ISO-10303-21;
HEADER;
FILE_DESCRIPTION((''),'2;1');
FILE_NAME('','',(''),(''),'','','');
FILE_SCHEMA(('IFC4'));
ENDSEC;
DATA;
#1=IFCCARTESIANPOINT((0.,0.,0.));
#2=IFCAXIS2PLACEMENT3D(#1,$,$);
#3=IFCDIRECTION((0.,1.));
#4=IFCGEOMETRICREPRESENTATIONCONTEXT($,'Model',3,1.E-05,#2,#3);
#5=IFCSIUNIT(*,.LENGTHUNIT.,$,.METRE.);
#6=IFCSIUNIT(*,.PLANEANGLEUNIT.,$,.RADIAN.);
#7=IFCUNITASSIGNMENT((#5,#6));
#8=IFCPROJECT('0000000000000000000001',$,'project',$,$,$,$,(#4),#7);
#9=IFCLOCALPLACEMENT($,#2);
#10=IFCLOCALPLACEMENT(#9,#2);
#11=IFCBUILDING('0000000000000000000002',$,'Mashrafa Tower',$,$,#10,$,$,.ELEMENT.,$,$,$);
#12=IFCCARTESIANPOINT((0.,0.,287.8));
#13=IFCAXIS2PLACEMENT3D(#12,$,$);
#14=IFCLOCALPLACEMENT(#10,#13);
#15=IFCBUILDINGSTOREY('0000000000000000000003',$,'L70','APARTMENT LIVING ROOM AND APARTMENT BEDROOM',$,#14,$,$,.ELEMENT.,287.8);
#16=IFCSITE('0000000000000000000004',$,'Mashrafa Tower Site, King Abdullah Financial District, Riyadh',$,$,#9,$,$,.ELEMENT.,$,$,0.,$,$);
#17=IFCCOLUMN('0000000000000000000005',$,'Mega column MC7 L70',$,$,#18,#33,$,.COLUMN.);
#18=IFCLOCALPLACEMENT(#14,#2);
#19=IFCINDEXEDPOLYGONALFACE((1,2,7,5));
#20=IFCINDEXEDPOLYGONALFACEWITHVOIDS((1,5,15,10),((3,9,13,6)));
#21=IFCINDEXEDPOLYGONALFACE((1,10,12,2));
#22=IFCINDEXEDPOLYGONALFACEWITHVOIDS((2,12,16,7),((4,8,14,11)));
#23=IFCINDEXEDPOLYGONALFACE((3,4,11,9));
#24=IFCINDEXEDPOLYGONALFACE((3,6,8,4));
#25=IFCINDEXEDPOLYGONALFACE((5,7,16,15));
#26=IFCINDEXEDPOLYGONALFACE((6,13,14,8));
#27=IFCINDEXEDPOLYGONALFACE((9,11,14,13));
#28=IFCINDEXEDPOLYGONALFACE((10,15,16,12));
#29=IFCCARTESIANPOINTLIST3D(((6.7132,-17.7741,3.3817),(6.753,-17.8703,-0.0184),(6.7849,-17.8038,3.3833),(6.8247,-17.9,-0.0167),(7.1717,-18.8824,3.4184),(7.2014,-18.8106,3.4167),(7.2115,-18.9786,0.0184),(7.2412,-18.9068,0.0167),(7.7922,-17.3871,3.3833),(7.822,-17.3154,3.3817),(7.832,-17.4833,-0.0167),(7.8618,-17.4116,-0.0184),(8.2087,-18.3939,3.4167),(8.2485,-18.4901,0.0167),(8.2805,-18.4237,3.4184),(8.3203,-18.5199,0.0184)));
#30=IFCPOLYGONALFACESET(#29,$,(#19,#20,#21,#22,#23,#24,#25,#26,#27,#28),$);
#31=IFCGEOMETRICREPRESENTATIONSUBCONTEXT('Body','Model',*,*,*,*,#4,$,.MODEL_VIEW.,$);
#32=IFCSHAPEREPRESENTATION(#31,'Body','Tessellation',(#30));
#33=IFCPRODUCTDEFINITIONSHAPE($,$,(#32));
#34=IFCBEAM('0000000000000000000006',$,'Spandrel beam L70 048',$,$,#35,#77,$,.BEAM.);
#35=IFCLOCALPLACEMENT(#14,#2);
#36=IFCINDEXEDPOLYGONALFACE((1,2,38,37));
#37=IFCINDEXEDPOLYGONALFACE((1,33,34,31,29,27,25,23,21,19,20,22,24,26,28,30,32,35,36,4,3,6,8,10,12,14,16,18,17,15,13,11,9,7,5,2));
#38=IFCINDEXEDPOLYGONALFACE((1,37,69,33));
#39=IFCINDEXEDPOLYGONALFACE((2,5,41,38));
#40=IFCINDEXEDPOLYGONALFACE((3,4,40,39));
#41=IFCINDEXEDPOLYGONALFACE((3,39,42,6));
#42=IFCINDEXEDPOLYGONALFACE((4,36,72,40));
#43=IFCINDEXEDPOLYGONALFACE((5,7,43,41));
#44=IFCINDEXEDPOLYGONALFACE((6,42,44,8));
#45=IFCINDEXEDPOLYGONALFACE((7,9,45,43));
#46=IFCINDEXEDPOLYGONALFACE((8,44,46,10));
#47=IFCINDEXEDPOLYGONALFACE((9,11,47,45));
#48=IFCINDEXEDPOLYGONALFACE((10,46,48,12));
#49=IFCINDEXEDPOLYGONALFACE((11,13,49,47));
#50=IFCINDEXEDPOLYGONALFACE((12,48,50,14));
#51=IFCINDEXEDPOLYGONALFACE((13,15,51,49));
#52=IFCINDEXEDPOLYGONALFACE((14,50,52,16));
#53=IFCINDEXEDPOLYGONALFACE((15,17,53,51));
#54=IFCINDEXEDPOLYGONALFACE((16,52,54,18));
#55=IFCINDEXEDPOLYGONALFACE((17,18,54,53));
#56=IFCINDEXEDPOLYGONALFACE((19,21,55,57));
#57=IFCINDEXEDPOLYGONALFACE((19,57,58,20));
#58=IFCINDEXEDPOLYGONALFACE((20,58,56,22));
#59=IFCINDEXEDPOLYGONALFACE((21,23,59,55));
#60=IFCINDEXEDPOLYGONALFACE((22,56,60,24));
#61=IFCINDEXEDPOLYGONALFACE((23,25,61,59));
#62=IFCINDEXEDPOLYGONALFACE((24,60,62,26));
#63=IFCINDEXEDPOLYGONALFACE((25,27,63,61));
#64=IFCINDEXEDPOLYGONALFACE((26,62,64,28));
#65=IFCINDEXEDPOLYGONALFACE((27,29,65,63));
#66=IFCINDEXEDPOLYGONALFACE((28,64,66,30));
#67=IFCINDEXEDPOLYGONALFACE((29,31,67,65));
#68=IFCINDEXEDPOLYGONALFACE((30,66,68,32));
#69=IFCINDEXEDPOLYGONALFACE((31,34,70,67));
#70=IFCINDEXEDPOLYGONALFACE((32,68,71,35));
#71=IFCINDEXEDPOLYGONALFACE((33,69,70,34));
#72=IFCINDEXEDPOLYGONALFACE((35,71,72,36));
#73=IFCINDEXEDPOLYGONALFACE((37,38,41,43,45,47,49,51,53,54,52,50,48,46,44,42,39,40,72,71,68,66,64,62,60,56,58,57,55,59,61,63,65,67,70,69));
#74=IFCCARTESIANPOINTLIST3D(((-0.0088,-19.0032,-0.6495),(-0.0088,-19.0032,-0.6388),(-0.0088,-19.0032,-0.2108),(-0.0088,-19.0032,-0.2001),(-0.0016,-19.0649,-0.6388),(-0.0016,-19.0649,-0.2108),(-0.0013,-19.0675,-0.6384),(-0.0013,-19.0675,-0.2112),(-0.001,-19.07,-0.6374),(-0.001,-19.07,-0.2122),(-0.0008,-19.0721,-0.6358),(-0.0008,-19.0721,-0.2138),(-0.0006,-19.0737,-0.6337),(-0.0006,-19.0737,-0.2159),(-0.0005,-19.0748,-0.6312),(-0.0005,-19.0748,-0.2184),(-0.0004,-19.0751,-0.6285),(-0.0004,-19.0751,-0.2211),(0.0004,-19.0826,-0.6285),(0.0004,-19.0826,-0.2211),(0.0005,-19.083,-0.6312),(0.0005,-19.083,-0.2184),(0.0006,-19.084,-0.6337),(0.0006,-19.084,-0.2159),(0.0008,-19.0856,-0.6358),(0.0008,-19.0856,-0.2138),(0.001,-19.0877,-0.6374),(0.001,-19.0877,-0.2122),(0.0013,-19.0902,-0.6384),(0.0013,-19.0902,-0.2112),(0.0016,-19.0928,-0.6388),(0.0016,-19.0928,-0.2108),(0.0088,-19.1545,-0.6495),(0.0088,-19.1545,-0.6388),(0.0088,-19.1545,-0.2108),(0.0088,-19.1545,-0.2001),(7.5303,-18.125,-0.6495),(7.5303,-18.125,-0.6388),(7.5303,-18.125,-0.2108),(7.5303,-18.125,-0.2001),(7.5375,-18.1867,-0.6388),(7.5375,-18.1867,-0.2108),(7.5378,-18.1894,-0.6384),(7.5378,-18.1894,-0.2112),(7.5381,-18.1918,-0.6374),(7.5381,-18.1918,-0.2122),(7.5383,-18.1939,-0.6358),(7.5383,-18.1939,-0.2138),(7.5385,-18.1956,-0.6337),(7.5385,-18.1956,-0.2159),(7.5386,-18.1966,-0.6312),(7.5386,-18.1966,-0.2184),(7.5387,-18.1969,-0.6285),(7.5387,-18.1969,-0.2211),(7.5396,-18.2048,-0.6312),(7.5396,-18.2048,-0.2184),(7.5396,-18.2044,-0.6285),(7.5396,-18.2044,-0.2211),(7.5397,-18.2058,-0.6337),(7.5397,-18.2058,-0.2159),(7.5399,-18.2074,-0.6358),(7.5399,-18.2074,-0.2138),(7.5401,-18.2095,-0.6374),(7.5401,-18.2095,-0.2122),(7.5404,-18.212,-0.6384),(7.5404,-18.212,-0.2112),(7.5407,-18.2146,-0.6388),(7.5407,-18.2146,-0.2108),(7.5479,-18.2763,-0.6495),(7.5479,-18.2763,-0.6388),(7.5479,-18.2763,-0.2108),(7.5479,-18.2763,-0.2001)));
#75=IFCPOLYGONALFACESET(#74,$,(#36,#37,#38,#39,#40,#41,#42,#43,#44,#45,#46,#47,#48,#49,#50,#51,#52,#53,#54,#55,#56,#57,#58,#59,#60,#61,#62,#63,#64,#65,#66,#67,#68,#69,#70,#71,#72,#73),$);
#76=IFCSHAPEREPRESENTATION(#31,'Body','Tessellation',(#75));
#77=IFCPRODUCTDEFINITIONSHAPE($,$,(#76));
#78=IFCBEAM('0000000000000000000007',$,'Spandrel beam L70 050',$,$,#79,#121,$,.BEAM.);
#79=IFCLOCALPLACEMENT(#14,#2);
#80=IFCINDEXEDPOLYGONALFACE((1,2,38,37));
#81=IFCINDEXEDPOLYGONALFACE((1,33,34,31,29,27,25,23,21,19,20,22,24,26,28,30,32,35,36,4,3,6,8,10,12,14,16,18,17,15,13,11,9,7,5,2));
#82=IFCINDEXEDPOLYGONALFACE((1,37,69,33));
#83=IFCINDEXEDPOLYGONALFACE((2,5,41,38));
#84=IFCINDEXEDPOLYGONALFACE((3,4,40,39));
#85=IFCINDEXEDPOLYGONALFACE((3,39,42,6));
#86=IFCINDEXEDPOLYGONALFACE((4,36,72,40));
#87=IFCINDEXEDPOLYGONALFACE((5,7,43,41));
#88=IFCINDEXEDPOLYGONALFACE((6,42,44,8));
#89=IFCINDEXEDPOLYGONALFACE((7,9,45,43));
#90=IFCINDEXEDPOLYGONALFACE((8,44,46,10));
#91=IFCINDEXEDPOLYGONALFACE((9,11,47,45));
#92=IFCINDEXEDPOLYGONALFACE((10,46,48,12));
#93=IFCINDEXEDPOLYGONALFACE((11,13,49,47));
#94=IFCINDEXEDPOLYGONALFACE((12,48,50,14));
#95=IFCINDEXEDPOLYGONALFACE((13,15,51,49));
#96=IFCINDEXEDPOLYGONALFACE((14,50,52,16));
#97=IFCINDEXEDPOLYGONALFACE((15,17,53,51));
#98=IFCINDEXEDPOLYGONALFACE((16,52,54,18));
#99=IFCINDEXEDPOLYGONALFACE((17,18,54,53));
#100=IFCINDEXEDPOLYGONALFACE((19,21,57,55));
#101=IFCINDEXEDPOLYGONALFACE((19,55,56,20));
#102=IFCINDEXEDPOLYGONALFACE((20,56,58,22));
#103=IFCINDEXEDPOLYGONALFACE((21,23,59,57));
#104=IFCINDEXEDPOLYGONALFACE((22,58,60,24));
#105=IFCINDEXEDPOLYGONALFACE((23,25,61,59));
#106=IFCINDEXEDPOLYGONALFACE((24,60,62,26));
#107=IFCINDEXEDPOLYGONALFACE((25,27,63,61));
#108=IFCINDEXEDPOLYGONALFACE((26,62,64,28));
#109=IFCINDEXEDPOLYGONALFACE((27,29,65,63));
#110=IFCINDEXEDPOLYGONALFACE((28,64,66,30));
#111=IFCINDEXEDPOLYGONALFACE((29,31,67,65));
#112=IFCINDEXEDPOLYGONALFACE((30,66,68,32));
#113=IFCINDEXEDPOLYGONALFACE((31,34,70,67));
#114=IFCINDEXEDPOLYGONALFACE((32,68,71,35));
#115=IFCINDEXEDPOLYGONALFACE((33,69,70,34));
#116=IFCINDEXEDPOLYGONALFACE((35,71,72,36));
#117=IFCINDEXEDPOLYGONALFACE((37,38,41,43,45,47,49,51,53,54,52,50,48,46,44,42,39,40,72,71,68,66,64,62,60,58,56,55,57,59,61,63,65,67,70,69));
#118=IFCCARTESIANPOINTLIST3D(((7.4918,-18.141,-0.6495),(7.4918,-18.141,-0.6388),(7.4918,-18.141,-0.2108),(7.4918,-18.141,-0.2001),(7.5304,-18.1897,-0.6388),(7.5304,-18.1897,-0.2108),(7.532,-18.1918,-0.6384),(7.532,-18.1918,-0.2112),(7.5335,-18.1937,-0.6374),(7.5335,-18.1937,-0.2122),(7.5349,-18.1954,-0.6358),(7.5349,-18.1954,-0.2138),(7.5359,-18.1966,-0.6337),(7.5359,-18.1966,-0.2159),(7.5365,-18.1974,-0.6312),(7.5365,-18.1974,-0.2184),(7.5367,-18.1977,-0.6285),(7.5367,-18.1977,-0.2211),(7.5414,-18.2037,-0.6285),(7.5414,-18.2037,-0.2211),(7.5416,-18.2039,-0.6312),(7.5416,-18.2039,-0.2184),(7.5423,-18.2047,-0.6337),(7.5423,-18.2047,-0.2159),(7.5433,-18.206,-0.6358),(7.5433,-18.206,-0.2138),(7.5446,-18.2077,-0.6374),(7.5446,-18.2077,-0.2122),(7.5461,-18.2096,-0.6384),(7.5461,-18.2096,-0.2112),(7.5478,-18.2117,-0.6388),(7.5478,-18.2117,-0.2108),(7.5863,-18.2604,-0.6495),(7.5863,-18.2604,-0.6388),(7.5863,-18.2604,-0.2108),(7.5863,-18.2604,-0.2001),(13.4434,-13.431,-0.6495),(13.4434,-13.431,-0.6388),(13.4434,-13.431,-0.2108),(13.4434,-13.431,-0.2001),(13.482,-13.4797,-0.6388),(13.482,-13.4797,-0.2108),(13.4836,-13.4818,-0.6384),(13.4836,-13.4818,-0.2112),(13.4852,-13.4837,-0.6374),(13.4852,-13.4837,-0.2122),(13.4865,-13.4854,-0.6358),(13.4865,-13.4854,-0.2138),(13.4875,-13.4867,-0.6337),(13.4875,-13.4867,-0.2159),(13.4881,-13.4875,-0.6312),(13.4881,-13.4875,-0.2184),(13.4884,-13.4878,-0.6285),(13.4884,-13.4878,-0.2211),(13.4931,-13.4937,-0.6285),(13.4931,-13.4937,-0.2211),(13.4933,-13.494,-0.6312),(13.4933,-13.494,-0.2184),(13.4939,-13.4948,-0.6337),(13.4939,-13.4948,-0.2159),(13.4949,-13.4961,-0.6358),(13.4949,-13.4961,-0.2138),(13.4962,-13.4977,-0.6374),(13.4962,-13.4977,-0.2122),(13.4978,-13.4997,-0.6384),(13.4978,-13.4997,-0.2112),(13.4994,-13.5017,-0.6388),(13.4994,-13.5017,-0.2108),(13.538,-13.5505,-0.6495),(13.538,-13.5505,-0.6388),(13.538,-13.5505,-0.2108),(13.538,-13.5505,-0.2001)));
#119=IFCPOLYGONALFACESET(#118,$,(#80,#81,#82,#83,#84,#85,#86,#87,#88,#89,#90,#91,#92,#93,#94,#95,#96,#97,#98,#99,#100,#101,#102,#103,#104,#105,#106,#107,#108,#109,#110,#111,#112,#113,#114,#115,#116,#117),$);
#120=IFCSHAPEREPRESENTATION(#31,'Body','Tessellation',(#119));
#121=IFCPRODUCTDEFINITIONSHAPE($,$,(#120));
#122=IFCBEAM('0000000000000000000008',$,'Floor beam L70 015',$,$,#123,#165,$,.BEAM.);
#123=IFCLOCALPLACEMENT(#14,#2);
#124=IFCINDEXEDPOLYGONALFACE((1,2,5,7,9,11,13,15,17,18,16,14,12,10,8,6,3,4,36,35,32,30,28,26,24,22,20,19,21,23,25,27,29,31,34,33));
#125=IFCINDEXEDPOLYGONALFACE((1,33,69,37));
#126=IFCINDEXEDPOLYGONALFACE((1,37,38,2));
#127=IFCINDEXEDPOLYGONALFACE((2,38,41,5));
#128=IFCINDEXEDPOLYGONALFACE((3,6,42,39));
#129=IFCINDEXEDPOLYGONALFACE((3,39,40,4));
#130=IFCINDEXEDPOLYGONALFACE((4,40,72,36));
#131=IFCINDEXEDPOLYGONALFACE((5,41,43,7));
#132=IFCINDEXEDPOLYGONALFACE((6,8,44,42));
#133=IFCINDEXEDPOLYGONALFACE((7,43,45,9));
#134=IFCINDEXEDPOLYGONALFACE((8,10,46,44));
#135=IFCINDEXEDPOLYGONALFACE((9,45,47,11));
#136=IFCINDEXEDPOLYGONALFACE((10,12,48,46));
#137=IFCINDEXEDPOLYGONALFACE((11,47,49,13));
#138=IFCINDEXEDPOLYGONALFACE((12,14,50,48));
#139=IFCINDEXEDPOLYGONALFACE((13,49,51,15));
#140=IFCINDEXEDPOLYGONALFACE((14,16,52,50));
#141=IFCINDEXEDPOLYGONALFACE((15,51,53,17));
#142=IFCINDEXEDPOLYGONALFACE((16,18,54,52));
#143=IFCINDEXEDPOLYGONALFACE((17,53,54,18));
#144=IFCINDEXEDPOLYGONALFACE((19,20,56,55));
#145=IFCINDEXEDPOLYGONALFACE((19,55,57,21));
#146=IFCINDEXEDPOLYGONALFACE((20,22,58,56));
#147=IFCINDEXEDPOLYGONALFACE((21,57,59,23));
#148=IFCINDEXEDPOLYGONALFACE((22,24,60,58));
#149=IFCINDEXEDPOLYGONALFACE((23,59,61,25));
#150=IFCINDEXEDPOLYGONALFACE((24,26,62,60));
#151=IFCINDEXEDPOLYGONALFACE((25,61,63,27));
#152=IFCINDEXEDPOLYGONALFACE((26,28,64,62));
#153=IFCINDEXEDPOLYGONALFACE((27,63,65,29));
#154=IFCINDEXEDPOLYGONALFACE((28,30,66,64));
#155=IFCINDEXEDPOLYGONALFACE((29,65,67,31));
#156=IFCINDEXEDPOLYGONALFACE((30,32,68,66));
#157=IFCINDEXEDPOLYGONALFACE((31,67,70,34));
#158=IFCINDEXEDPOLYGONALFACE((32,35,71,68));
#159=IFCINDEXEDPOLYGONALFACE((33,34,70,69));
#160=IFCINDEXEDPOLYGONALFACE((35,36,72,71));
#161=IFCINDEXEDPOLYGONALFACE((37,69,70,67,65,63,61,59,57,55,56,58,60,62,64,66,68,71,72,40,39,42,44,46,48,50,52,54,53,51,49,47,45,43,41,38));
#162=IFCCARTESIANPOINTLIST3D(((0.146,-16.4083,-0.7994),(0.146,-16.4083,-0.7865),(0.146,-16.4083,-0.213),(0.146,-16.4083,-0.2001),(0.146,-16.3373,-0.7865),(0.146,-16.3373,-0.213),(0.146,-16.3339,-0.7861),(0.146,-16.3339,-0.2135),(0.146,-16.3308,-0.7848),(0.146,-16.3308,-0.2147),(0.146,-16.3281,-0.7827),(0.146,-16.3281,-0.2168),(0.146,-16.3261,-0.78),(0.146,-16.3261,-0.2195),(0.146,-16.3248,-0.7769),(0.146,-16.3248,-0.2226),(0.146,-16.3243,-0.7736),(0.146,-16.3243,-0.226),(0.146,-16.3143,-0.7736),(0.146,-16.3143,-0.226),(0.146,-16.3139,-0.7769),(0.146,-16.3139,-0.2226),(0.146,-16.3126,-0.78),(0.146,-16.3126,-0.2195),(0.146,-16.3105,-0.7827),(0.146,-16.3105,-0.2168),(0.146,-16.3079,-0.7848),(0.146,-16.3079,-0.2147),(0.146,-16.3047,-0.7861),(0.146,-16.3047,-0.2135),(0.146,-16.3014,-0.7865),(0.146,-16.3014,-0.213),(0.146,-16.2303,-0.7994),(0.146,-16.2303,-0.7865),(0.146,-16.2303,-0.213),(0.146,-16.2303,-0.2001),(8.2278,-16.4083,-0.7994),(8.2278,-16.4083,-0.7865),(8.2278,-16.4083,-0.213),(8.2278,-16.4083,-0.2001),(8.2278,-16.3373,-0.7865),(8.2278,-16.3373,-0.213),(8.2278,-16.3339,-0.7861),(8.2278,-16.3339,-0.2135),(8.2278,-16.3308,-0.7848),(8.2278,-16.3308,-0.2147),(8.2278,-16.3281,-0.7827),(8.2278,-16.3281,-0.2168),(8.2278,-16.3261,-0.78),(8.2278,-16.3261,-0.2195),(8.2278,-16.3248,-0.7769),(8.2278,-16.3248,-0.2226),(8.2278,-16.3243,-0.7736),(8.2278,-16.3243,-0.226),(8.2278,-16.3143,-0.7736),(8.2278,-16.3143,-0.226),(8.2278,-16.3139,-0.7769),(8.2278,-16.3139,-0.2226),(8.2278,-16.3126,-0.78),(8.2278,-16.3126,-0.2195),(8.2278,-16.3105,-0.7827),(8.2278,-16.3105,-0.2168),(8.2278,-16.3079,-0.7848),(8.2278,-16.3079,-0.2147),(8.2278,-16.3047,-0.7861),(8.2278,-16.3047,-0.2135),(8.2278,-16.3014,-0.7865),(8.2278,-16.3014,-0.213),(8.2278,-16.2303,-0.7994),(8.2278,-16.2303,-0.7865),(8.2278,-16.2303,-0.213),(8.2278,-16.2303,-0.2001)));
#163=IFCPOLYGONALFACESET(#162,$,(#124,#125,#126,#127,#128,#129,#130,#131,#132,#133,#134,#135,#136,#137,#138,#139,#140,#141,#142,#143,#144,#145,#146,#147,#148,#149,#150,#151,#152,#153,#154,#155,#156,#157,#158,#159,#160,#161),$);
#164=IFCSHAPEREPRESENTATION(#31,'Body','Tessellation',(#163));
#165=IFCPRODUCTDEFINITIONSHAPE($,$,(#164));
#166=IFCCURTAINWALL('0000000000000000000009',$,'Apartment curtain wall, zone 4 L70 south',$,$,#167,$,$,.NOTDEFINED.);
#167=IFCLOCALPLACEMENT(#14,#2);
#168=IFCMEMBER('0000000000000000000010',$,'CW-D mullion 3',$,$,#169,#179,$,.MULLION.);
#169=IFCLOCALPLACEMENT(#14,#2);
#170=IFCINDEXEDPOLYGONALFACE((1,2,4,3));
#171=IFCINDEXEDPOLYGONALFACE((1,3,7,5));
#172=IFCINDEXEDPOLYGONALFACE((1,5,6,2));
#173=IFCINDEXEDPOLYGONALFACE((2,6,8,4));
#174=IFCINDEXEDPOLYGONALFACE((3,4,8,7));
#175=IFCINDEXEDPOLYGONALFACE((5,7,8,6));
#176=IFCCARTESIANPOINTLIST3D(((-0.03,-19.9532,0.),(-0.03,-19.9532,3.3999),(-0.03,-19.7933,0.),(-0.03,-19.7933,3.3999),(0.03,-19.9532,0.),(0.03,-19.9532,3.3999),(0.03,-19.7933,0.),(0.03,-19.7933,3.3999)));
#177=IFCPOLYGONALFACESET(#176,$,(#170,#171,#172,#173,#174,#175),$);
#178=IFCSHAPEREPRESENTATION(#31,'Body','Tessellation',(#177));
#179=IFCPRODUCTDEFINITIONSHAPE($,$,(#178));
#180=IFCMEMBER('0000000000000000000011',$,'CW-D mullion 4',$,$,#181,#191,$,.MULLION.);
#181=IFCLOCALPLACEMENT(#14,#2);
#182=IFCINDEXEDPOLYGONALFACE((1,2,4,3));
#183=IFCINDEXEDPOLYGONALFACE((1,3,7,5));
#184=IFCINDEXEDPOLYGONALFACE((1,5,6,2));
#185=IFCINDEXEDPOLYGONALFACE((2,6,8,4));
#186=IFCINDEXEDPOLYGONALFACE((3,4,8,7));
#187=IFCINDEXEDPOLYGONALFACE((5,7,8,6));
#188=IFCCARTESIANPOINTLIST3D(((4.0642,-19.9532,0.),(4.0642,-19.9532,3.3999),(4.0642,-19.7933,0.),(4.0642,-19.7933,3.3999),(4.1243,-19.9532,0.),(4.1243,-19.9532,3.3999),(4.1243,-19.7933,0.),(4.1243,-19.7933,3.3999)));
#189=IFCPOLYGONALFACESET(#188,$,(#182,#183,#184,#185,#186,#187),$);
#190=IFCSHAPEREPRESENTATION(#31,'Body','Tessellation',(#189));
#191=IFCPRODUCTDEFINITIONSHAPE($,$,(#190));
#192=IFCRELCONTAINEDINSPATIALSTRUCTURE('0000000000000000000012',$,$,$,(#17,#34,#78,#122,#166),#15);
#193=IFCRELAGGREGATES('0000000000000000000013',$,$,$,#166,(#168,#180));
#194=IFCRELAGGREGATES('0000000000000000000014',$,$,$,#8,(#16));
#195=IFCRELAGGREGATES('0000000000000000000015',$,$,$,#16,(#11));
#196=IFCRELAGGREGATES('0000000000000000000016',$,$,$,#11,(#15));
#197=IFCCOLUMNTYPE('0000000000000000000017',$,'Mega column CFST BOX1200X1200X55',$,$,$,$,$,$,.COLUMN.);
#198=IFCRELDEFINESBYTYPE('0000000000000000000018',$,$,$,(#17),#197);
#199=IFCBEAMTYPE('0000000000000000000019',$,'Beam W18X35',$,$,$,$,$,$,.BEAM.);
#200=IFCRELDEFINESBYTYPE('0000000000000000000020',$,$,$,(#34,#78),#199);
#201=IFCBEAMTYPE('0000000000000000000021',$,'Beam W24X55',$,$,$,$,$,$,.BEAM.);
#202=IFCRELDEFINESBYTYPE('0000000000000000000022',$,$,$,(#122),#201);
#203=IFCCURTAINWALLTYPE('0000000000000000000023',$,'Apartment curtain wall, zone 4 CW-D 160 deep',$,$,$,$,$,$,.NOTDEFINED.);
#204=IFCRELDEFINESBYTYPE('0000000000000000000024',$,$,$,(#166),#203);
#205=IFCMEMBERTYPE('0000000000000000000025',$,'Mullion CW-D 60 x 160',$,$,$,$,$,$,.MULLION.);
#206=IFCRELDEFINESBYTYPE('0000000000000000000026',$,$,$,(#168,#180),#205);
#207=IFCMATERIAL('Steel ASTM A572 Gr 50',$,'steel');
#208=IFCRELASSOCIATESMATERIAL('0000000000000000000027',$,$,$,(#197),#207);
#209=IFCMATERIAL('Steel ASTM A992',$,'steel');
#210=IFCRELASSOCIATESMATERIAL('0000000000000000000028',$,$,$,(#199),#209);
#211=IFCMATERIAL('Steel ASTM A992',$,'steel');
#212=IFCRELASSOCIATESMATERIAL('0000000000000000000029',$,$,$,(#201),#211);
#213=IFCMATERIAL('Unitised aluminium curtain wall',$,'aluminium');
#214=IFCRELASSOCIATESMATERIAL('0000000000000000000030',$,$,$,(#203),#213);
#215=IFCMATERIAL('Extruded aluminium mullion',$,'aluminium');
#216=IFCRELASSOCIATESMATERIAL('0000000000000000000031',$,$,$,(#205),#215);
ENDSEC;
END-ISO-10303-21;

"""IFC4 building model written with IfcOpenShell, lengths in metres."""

from ifc_helpers import new_model, si_unit, direction, frame, origin, origin_2d, place, context, subcontext, project, spatial, rectangle, hollow_rectangle, i_section, extrude, source, transform, mapped, material, material_profile, profile_set, type_object, type_shapes, element, aggregate, save


model = new_model("IFC4")

# Units and contexts
model_context = context("Model", 3, precision=1e-05, world=origin(), true_north=direction((0.0, 1.0)))
body_context = subcontext(model_context, "Body", "Model", "MODEL_VIEW")
ifc_project = project(units=[si_unit("LENGTHUNIT", "METRE"), si_unit("PLANEANGLEUNIT", "RADIAN")], contexts=[model_context])

# Site, building, storey
site_placement = place(None, origin())
site = spatial("IfcSite", under=ifc_project, at=site_placement, Name="Mashrafa Tower Site, King Abdullah Financial District, Riyadh", CompositionType="ELEMENT", RefElevation=0.0)
building_placement = place(site_placement, origin())
building = spatial("IfcBuilding", under=site, at=building_placement, Name="Mashrafa Tower", CompositionType="ELEMENT")
storey_placement = place(building_placement, frame((0.0, 0.0, 287.8)))
storey = spatial("IfcBuildingStorey", under=building, at=storey_placement, Name="L70", Description="APARTMENT LIVING ROOM AND APARTMENT BEDROOM", CompositionType="ELEMENT", Elevation=287.8)

# Column
ifc_material_1 = material(Name="Steel ASTM A572 Gr 50", Category="steel")
ifc_material_profile_1 = material_profile(ifc_material_1, hollow_rectangle(XDim=1.2, YDim=1.2, WallThickness=0.0549, at=origin_2d()), Name="BOX1200X1200X55")
ifc_profile_set_1 = profile_set([ifc_material_profile_1], Name="Steel ASTM A572 Gr 50")
column_type = type_object("IfcColumnType", Name="Mega column CFST BOX1200X1200X55", PredefinedType="COLUMN", material=ifc_profile_set_1)
column_placement = place(storey_placement, frame((7.5366, -18.1951, 0.0), z_axis=(-0.011699, 0.028279, 0.999532), x_axis=(-0.924045, -0.382283, 0.0)))
element("IfcColumn", 1, at=column_placement, inside=storey, type_object=column_type, Name="Mega column MC7 L70", PredefinedType="COLUMN", context=body_context, shape_type="SweptSolid", body=[
    extrude(hollow_rectangle(XDim=1.2, YDim=1.2, WallThickness=0.0549, at=origin_2d()), origin(), (0.0, 0.0, 1.0), 3.4016),
])

# Beams
ifc_material_2 = material(Name="Steel ASTM A992", Category="steel")
ifc_material_profile_2 = material_profile(ifc_material_2, i_section(OverallWidth=0.1523, OverallDepth=0.4495, WebThickness=0.0076, FlangeThickness=0.0107, FilletRadius=0.0103, at=origin_2d()), Name="W18X35")
ifc_profile_set_2 = profile_set([ifc_material_profile_2], Name="Steel ASTM A992")
beam_type_1 = type_object("IfcBeamType", Name="Beam W18X35", PredefinedType="BEAM", material=ifc_profile_set_2)
beam_1_placement = place(storey_placement, frame((0.0, -19.0789, -0.4248), z_axis=(0.993284, 0.115701, 0.0), x_axis=(-0.115701, 0.993284, 0.0)))
element("IfcBeam", 2, at=beam_1_placement, inside=storey, type_object=beam_type_1, Name="Spandrel beam L70 048", PredefinedType="BEAM", context=body_context, shape_type="SweptSolid", body=[
    extrude(i_section(OverallWidth=0.1523, OverallDepth=0.4495, WebThickness=0.0076, FlangeThickness=0.0107, FilletRadius=0.0103, at=origin_2d()), origin(), (0.0, 0.0, 1.0), 7.5901),
])
beam_2_placement = place(storey_placement, frame((7.5391, -18.2007, -0.4248), z_axis=(0.784159, 0.62056, 0.0), x_axis=(-0.62056, 0.784159, 0.0)))
element("IfcBeam", 3, at=beam_2_placement, inside=storey, type_object=beam_type_1, Name="Spandrel beam L70 050", PredefinedType="BEAM", context=body_context, shape_type="SweptSolid", body=[
    extrude(i_section(OverallWidth=0.1523, OverallDepth=0.4495, WebThickness=0.0076, FlangeThickness=0.0107, FilletRadius=0.0103, at=origin_2d()), origin(), (0.0, 0.0, 1.0), 7.5898),
])
ifc_material_3 = material(Name="Steel ASTM A992", Category="steel")
ifc_material_profile_3 = material_profile(ifc_material_3, i_section(OverallWidth=0.178, OverallDepth=0.5994, WebThickness=0.01, FlangeThickness=0.0129, FilletRadius=0.0129, at=origin_2d()), Name="W24X55")
ifc_profile_set_3 = profile_set([ifc_material_profile_3], Name="Steel ASTM A992")
beam_type_2 = type_object("IfcBeamType", Name="Beam W24X55", PredefinedType="BEAM", material=ifc_profile_set_3)
beam_3_placement = place(storey_placement, frame((8.2278, -16.3193, -0.4998), z_axis=(-1.0, 0.0, 0.0), x_axis=(0.0, -1.0, 0.0)))
element("IfcBeam", 4, at=beam_3_placement, inside=storey, type_object=beam_type_2, Name="Floor beam L70 015", PredefinedType="BEAM", context=body_context, shape_type="SweptSolid", body=[
    extrude(i_section(OverallWidth=0.178, OverallDepth=0.5994, WebThickness=0.01, FlangeThickness=0.0129, FilletRadius=0.0129, at=origin_2d()), origin(), (0.0, 0.0, 1.0), 8.0818),
])

# Curtain wall, members
ifc_material_4 = material(Name="Unitised aluminium curtain wall", Category="aluminium")
curtain_wall_type = type_object("IfcCurtainWallType", Name="Apartment curtain wall, zone 4 CW-D 160 deep", PredefinedType="NOTDEFINED", material=ifc_material_4)
curtain_wall_1_placement = place(storey_placement, origin())
curtain_wall_1 = element("IfcCurtainWall", 5, at=curtain_wall_1_placement, inside=storey, type_object=curtain_wall_type, Name="Apartment curtain wall, zone 4 L70 south", PredefinedType="NOTDEFINED")
ifc_material_5 = material(Name="Extruded aluminium mullion", Category="aluminium")
ifc_material_profile_4 = material_profile(ifc_material_5, rectangle(XDim=0.1599, YDim=0.0601, at=origin_2d()), Name="Mullion 60x160")
ifc_profile_set_4 = profile_set([ifc_material_profile_4], Name="Extruded aluminium mullion")
member_type_1 = type_object("IfcMemberType", Name="Mullion CW-D 60 x 160", PredefinedType="MULLION", material=ifc_profile_set_4)
shared_shape_1 = source(origin(), body_context, "Body", "SweptSolid", [
    extrude(rectangle(XDim=0.1599, YDim=0.0601, at=origin_2d()), origin(), (0.0, 0.0, 1.0), 3.3999),
])
type_shapes(member_type_1, [shared_shape_1])
member_1_placement = place(storey_placement, frame((0.0, -19.8733, 0.0), z_axis=(0.0, 0.0, 1.0), x_axis=(0.0, 1.0, 0.0)))
member_1 = element("IfcMember", 6, at=member_1_placement, type_object=member_type_1, Name="CW-D mullion 3", PredefinedType="MULLION", context=body_context, shape_type="MappedRepresentation", body=[
    mapped(shared_shape_1, transform((0.0, 0.0, 0.0))),
])
member_2_placement = place(storey_placement, frame((4.0942, -19.8733, 0.0), z_axis=(0.0, 0.0, 1.0), x_axis=(0.0, 1.0, 0.0)))
member_2 = element("IfcMember", 7, at=member_2_placement, type_object=member_type_1, Name="CW-D mullion 4", PredefinedType="MULLION", context=body_context, shape_type="MappedRepresentation", body=[
    mapped(shared_shape_1, transform((0.0, 0.0, 0.0))),
])

aggregate(curtain_wall_1, [member_1, member_2])

save(model, "model.ifc")
